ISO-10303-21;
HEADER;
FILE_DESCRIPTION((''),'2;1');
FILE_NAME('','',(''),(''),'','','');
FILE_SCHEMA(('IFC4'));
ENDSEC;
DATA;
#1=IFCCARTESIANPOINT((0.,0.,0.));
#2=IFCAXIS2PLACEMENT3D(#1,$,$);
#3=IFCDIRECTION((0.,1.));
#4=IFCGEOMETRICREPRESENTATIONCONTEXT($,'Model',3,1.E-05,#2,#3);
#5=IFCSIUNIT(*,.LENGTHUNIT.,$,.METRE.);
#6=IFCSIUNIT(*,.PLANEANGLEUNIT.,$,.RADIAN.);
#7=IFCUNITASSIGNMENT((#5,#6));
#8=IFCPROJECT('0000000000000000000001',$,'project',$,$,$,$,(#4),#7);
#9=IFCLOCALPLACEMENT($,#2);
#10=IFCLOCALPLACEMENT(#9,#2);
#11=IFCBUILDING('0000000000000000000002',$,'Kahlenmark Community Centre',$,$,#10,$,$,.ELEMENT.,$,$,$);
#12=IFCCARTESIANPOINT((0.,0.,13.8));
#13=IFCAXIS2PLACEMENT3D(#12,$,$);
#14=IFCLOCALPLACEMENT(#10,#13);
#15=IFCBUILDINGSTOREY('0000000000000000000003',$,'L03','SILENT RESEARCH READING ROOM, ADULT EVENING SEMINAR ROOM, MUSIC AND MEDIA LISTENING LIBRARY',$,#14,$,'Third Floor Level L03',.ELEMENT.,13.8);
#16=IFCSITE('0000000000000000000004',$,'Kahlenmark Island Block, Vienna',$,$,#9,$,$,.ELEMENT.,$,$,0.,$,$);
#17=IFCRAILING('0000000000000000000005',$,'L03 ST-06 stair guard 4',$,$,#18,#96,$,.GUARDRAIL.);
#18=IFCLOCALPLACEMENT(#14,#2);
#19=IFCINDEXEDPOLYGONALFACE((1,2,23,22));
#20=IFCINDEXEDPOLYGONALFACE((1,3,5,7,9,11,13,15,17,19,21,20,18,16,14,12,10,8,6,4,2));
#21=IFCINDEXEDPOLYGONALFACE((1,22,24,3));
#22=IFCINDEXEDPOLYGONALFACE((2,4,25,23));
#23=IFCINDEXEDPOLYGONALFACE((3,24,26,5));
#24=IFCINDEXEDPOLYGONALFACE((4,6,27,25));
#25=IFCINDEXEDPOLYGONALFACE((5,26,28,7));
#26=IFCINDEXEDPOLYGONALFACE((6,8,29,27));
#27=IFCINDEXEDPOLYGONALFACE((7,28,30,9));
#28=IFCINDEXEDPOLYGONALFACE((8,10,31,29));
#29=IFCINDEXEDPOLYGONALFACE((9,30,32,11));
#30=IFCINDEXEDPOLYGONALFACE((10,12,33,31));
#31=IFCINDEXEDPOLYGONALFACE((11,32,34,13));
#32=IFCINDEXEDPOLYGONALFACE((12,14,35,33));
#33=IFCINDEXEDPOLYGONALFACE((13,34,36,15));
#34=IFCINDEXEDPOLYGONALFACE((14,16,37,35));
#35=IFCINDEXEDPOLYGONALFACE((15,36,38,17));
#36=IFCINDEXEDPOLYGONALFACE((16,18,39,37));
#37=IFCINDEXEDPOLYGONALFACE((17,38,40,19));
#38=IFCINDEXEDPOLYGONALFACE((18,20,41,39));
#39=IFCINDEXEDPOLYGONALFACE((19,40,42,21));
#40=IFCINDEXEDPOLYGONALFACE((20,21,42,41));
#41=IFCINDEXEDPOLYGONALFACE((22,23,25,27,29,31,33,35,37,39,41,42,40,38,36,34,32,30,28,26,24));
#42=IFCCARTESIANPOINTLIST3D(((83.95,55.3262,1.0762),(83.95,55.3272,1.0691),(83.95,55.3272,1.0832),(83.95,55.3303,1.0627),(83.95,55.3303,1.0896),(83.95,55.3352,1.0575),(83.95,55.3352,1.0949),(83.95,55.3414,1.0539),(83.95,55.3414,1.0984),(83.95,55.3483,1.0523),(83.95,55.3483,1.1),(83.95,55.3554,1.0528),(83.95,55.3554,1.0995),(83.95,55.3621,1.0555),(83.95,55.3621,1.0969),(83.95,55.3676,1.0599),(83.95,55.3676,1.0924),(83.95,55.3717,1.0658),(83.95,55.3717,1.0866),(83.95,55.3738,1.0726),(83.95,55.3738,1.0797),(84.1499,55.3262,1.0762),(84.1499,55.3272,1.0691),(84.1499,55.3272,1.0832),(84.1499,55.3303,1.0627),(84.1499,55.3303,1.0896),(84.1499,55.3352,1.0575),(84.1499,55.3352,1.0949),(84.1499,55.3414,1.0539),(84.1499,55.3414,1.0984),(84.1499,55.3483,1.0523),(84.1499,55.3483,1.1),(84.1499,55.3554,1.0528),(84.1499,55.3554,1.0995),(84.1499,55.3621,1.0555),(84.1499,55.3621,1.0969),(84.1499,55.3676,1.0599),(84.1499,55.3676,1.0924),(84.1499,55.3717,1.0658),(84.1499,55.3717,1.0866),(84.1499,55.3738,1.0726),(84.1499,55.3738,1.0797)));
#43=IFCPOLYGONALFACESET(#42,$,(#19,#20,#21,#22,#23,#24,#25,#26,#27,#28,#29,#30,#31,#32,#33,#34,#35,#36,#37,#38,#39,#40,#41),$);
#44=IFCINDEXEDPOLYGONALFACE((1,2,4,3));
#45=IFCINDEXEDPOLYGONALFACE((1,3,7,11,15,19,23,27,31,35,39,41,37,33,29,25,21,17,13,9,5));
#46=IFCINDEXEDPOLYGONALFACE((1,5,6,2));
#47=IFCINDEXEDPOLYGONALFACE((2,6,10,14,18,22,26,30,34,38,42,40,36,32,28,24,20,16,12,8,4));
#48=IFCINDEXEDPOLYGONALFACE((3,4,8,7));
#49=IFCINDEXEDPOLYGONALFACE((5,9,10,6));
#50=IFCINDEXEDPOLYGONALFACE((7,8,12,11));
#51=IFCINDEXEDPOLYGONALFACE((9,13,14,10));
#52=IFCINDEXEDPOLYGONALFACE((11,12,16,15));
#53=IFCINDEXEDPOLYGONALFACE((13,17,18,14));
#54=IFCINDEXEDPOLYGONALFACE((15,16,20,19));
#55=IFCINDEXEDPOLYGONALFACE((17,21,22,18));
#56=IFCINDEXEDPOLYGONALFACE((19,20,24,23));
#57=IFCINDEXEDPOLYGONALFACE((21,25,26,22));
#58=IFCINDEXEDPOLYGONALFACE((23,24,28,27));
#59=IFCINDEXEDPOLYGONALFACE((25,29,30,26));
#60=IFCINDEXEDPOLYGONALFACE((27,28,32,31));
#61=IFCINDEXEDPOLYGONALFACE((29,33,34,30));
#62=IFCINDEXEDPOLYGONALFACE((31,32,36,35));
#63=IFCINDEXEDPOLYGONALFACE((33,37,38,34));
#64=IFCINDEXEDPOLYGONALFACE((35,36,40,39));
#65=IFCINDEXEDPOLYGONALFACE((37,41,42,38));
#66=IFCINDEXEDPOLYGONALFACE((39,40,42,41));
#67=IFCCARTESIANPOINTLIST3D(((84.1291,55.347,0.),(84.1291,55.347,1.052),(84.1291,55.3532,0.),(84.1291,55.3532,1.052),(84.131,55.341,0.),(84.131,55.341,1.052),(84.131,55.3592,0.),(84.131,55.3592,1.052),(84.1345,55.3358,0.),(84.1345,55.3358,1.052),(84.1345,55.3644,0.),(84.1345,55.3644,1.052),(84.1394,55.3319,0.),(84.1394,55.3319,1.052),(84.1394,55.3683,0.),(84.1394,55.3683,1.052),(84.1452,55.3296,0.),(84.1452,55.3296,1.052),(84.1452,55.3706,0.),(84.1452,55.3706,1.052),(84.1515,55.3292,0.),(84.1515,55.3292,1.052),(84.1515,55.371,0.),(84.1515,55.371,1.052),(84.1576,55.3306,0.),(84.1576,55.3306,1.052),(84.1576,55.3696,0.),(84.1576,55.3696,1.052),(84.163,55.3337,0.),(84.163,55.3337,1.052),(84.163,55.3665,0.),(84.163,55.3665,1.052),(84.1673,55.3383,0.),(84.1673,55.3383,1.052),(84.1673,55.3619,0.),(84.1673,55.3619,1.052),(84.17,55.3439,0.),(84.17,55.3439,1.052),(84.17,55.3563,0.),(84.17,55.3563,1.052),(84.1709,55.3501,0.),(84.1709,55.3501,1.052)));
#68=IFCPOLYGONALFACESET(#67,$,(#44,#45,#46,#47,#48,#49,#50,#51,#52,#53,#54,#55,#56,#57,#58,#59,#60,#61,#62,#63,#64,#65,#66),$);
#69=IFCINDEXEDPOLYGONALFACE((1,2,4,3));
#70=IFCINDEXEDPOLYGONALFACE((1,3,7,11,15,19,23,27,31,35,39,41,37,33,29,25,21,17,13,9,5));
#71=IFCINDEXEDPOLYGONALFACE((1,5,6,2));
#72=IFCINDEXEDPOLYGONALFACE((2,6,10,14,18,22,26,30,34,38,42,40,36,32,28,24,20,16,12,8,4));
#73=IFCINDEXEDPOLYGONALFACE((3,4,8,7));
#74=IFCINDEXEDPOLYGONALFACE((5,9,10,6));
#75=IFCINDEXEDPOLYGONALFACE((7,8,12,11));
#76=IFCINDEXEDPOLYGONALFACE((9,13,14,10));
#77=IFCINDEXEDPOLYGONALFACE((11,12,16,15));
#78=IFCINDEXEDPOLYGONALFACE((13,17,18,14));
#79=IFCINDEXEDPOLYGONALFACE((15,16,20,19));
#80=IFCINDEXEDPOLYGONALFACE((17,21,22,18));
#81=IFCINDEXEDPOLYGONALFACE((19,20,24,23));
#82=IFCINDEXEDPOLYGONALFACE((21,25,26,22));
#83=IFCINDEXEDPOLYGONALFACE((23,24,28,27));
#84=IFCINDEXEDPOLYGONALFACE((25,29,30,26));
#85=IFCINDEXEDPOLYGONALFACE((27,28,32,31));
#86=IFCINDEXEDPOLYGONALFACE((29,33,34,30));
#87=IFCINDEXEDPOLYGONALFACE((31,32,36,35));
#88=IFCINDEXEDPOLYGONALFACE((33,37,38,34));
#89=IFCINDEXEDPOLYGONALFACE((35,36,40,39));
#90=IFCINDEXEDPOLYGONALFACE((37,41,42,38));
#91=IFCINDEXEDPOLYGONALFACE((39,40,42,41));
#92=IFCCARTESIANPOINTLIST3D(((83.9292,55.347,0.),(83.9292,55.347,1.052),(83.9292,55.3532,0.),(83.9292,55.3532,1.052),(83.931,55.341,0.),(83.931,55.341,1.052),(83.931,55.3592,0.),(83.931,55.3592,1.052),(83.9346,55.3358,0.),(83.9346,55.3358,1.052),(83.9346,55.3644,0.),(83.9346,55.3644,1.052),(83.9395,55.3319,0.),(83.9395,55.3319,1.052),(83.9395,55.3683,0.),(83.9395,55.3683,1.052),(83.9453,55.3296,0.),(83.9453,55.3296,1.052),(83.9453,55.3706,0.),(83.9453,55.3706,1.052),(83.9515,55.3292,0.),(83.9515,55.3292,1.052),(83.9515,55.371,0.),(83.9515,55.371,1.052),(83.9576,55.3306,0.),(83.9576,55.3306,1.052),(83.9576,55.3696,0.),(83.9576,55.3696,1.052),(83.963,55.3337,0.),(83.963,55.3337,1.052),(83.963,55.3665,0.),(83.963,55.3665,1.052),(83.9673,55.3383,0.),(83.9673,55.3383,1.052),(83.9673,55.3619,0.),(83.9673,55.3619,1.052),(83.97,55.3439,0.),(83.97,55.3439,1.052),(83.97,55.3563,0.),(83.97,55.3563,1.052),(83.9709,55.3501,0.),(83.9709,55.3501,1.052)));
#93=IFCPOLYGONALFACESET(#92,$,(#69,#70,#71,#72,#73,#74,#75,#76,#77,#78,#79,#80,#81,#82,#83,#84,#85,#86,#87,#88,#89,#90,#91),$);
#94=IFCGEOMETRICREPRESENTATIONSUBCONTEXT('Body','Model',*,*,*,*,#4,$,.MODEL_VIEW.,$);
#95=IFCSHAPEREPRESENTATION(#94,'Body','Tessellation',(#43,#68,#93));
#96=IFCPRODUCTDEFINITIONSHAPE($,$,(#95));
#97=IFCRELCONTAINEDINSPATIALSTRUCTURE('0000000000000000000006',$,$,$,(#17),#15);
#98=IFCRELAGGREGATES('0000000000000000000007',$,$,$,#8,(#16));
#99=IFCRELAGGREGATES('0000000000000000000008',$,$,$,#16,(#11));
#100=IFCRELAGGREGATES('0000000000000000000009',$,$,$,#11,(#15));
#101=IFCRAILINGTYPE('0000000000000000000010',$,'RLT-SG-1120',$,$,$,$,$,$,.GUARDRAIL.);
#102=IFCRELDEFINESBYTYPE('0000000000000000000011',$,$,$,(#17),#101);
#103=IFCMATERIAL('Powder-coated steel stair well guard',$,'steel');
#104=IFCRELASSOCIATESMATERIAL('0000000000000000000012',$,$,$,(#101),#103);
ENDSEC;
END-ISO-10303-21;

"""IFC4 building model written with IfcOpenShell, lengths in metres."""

from ifc_helpers import new_model, si_unit, direction, frame, origin, origin_2d, place, context, subcontext, project, spatial, circle, extrude, material, type_object, element, save


model = new_model("IFC4")

# Units and contexts
model_context = context("Model", 3, precision=1e-05, world=origin(), true_north=direction((0.0, 1.0)))
body_context = subcontext(model_context, "Body", "Model", "MODEL_VIEW")
ifc_project = project(units=[si_unit("LENGTHUNIT", "METRE"), si_unit("PLANEANGLEUNIT", "RADIAN")], contexts=[model_context])

# Site, building, storey
site_placement = place(None, origin())
site = spatial("IfcSite", under=ifc_project, at=site_placement, Name="Kahlenmark Island Block, Vienna", CompositionType="ELEMENT", RefElevation=0.0)
building_placement = place(site_placement, origin())
building = spatial("IfcBuilding", under=site, at=building_placement, Name="Kahlenmark Community Centre", CompositionType="ELEMENT")
storey_placement = place(building_placement, frame((0.0, 0.0, 13.8)))
storey = spatial("IfcBuildingStorey", under=building, at=storey_placement, Name="L03", Description="SILENT RESEARCH READING ROOM, ADULT EVENING SEMINAR ROOM, MUSIC AND MEDIA LISTENING LIBRARY", LongName="Third Floor Level L03", CompositionType="ELEMENT", Elevation=13.8)

# Railing
ifc_material_1 = material(Name="Powder-coated steel stair well guard", Category="steel")
railing_type_1 = type_object("IfcRailingType", Name="RLT-SG-1120", PredefinedType="GUARDRAIL", material=ifc_material_1)
railing_1_placement = place(storey_placement, frame((84.1499, 55.3501, 0.0)))
element("IfcRailing", 1, at=railing_1_placement, inside=storey, type_object=railing_type_1, Name="L03 ST-06 stair guard 4", PredefinedType="GUARDRAIL", context=body_context, shape_type="SweptSolid", body=[
    extrude(circle(Radius=0.0239, at=origin_2d()), frame((0.0, 0.0, 1.0762), z_axis=(-1.0, 0.0, 0.0), x_axis=(0.0, -1.0, 0.0)), (0.0, 0.0, 1.0), 0.2),
    extrude(circle(Radius=0.021, at=origin_2d()), origin(), (0.0, 0.0, 1.0), 1.052),
    extrude(circle(Radius=0.021, at=origin_2d()), frame((-0.2, 0.0, 0.0)), (0.0, 0.0, 1.0), 1.052),
])

save(model, "model.ifc")
